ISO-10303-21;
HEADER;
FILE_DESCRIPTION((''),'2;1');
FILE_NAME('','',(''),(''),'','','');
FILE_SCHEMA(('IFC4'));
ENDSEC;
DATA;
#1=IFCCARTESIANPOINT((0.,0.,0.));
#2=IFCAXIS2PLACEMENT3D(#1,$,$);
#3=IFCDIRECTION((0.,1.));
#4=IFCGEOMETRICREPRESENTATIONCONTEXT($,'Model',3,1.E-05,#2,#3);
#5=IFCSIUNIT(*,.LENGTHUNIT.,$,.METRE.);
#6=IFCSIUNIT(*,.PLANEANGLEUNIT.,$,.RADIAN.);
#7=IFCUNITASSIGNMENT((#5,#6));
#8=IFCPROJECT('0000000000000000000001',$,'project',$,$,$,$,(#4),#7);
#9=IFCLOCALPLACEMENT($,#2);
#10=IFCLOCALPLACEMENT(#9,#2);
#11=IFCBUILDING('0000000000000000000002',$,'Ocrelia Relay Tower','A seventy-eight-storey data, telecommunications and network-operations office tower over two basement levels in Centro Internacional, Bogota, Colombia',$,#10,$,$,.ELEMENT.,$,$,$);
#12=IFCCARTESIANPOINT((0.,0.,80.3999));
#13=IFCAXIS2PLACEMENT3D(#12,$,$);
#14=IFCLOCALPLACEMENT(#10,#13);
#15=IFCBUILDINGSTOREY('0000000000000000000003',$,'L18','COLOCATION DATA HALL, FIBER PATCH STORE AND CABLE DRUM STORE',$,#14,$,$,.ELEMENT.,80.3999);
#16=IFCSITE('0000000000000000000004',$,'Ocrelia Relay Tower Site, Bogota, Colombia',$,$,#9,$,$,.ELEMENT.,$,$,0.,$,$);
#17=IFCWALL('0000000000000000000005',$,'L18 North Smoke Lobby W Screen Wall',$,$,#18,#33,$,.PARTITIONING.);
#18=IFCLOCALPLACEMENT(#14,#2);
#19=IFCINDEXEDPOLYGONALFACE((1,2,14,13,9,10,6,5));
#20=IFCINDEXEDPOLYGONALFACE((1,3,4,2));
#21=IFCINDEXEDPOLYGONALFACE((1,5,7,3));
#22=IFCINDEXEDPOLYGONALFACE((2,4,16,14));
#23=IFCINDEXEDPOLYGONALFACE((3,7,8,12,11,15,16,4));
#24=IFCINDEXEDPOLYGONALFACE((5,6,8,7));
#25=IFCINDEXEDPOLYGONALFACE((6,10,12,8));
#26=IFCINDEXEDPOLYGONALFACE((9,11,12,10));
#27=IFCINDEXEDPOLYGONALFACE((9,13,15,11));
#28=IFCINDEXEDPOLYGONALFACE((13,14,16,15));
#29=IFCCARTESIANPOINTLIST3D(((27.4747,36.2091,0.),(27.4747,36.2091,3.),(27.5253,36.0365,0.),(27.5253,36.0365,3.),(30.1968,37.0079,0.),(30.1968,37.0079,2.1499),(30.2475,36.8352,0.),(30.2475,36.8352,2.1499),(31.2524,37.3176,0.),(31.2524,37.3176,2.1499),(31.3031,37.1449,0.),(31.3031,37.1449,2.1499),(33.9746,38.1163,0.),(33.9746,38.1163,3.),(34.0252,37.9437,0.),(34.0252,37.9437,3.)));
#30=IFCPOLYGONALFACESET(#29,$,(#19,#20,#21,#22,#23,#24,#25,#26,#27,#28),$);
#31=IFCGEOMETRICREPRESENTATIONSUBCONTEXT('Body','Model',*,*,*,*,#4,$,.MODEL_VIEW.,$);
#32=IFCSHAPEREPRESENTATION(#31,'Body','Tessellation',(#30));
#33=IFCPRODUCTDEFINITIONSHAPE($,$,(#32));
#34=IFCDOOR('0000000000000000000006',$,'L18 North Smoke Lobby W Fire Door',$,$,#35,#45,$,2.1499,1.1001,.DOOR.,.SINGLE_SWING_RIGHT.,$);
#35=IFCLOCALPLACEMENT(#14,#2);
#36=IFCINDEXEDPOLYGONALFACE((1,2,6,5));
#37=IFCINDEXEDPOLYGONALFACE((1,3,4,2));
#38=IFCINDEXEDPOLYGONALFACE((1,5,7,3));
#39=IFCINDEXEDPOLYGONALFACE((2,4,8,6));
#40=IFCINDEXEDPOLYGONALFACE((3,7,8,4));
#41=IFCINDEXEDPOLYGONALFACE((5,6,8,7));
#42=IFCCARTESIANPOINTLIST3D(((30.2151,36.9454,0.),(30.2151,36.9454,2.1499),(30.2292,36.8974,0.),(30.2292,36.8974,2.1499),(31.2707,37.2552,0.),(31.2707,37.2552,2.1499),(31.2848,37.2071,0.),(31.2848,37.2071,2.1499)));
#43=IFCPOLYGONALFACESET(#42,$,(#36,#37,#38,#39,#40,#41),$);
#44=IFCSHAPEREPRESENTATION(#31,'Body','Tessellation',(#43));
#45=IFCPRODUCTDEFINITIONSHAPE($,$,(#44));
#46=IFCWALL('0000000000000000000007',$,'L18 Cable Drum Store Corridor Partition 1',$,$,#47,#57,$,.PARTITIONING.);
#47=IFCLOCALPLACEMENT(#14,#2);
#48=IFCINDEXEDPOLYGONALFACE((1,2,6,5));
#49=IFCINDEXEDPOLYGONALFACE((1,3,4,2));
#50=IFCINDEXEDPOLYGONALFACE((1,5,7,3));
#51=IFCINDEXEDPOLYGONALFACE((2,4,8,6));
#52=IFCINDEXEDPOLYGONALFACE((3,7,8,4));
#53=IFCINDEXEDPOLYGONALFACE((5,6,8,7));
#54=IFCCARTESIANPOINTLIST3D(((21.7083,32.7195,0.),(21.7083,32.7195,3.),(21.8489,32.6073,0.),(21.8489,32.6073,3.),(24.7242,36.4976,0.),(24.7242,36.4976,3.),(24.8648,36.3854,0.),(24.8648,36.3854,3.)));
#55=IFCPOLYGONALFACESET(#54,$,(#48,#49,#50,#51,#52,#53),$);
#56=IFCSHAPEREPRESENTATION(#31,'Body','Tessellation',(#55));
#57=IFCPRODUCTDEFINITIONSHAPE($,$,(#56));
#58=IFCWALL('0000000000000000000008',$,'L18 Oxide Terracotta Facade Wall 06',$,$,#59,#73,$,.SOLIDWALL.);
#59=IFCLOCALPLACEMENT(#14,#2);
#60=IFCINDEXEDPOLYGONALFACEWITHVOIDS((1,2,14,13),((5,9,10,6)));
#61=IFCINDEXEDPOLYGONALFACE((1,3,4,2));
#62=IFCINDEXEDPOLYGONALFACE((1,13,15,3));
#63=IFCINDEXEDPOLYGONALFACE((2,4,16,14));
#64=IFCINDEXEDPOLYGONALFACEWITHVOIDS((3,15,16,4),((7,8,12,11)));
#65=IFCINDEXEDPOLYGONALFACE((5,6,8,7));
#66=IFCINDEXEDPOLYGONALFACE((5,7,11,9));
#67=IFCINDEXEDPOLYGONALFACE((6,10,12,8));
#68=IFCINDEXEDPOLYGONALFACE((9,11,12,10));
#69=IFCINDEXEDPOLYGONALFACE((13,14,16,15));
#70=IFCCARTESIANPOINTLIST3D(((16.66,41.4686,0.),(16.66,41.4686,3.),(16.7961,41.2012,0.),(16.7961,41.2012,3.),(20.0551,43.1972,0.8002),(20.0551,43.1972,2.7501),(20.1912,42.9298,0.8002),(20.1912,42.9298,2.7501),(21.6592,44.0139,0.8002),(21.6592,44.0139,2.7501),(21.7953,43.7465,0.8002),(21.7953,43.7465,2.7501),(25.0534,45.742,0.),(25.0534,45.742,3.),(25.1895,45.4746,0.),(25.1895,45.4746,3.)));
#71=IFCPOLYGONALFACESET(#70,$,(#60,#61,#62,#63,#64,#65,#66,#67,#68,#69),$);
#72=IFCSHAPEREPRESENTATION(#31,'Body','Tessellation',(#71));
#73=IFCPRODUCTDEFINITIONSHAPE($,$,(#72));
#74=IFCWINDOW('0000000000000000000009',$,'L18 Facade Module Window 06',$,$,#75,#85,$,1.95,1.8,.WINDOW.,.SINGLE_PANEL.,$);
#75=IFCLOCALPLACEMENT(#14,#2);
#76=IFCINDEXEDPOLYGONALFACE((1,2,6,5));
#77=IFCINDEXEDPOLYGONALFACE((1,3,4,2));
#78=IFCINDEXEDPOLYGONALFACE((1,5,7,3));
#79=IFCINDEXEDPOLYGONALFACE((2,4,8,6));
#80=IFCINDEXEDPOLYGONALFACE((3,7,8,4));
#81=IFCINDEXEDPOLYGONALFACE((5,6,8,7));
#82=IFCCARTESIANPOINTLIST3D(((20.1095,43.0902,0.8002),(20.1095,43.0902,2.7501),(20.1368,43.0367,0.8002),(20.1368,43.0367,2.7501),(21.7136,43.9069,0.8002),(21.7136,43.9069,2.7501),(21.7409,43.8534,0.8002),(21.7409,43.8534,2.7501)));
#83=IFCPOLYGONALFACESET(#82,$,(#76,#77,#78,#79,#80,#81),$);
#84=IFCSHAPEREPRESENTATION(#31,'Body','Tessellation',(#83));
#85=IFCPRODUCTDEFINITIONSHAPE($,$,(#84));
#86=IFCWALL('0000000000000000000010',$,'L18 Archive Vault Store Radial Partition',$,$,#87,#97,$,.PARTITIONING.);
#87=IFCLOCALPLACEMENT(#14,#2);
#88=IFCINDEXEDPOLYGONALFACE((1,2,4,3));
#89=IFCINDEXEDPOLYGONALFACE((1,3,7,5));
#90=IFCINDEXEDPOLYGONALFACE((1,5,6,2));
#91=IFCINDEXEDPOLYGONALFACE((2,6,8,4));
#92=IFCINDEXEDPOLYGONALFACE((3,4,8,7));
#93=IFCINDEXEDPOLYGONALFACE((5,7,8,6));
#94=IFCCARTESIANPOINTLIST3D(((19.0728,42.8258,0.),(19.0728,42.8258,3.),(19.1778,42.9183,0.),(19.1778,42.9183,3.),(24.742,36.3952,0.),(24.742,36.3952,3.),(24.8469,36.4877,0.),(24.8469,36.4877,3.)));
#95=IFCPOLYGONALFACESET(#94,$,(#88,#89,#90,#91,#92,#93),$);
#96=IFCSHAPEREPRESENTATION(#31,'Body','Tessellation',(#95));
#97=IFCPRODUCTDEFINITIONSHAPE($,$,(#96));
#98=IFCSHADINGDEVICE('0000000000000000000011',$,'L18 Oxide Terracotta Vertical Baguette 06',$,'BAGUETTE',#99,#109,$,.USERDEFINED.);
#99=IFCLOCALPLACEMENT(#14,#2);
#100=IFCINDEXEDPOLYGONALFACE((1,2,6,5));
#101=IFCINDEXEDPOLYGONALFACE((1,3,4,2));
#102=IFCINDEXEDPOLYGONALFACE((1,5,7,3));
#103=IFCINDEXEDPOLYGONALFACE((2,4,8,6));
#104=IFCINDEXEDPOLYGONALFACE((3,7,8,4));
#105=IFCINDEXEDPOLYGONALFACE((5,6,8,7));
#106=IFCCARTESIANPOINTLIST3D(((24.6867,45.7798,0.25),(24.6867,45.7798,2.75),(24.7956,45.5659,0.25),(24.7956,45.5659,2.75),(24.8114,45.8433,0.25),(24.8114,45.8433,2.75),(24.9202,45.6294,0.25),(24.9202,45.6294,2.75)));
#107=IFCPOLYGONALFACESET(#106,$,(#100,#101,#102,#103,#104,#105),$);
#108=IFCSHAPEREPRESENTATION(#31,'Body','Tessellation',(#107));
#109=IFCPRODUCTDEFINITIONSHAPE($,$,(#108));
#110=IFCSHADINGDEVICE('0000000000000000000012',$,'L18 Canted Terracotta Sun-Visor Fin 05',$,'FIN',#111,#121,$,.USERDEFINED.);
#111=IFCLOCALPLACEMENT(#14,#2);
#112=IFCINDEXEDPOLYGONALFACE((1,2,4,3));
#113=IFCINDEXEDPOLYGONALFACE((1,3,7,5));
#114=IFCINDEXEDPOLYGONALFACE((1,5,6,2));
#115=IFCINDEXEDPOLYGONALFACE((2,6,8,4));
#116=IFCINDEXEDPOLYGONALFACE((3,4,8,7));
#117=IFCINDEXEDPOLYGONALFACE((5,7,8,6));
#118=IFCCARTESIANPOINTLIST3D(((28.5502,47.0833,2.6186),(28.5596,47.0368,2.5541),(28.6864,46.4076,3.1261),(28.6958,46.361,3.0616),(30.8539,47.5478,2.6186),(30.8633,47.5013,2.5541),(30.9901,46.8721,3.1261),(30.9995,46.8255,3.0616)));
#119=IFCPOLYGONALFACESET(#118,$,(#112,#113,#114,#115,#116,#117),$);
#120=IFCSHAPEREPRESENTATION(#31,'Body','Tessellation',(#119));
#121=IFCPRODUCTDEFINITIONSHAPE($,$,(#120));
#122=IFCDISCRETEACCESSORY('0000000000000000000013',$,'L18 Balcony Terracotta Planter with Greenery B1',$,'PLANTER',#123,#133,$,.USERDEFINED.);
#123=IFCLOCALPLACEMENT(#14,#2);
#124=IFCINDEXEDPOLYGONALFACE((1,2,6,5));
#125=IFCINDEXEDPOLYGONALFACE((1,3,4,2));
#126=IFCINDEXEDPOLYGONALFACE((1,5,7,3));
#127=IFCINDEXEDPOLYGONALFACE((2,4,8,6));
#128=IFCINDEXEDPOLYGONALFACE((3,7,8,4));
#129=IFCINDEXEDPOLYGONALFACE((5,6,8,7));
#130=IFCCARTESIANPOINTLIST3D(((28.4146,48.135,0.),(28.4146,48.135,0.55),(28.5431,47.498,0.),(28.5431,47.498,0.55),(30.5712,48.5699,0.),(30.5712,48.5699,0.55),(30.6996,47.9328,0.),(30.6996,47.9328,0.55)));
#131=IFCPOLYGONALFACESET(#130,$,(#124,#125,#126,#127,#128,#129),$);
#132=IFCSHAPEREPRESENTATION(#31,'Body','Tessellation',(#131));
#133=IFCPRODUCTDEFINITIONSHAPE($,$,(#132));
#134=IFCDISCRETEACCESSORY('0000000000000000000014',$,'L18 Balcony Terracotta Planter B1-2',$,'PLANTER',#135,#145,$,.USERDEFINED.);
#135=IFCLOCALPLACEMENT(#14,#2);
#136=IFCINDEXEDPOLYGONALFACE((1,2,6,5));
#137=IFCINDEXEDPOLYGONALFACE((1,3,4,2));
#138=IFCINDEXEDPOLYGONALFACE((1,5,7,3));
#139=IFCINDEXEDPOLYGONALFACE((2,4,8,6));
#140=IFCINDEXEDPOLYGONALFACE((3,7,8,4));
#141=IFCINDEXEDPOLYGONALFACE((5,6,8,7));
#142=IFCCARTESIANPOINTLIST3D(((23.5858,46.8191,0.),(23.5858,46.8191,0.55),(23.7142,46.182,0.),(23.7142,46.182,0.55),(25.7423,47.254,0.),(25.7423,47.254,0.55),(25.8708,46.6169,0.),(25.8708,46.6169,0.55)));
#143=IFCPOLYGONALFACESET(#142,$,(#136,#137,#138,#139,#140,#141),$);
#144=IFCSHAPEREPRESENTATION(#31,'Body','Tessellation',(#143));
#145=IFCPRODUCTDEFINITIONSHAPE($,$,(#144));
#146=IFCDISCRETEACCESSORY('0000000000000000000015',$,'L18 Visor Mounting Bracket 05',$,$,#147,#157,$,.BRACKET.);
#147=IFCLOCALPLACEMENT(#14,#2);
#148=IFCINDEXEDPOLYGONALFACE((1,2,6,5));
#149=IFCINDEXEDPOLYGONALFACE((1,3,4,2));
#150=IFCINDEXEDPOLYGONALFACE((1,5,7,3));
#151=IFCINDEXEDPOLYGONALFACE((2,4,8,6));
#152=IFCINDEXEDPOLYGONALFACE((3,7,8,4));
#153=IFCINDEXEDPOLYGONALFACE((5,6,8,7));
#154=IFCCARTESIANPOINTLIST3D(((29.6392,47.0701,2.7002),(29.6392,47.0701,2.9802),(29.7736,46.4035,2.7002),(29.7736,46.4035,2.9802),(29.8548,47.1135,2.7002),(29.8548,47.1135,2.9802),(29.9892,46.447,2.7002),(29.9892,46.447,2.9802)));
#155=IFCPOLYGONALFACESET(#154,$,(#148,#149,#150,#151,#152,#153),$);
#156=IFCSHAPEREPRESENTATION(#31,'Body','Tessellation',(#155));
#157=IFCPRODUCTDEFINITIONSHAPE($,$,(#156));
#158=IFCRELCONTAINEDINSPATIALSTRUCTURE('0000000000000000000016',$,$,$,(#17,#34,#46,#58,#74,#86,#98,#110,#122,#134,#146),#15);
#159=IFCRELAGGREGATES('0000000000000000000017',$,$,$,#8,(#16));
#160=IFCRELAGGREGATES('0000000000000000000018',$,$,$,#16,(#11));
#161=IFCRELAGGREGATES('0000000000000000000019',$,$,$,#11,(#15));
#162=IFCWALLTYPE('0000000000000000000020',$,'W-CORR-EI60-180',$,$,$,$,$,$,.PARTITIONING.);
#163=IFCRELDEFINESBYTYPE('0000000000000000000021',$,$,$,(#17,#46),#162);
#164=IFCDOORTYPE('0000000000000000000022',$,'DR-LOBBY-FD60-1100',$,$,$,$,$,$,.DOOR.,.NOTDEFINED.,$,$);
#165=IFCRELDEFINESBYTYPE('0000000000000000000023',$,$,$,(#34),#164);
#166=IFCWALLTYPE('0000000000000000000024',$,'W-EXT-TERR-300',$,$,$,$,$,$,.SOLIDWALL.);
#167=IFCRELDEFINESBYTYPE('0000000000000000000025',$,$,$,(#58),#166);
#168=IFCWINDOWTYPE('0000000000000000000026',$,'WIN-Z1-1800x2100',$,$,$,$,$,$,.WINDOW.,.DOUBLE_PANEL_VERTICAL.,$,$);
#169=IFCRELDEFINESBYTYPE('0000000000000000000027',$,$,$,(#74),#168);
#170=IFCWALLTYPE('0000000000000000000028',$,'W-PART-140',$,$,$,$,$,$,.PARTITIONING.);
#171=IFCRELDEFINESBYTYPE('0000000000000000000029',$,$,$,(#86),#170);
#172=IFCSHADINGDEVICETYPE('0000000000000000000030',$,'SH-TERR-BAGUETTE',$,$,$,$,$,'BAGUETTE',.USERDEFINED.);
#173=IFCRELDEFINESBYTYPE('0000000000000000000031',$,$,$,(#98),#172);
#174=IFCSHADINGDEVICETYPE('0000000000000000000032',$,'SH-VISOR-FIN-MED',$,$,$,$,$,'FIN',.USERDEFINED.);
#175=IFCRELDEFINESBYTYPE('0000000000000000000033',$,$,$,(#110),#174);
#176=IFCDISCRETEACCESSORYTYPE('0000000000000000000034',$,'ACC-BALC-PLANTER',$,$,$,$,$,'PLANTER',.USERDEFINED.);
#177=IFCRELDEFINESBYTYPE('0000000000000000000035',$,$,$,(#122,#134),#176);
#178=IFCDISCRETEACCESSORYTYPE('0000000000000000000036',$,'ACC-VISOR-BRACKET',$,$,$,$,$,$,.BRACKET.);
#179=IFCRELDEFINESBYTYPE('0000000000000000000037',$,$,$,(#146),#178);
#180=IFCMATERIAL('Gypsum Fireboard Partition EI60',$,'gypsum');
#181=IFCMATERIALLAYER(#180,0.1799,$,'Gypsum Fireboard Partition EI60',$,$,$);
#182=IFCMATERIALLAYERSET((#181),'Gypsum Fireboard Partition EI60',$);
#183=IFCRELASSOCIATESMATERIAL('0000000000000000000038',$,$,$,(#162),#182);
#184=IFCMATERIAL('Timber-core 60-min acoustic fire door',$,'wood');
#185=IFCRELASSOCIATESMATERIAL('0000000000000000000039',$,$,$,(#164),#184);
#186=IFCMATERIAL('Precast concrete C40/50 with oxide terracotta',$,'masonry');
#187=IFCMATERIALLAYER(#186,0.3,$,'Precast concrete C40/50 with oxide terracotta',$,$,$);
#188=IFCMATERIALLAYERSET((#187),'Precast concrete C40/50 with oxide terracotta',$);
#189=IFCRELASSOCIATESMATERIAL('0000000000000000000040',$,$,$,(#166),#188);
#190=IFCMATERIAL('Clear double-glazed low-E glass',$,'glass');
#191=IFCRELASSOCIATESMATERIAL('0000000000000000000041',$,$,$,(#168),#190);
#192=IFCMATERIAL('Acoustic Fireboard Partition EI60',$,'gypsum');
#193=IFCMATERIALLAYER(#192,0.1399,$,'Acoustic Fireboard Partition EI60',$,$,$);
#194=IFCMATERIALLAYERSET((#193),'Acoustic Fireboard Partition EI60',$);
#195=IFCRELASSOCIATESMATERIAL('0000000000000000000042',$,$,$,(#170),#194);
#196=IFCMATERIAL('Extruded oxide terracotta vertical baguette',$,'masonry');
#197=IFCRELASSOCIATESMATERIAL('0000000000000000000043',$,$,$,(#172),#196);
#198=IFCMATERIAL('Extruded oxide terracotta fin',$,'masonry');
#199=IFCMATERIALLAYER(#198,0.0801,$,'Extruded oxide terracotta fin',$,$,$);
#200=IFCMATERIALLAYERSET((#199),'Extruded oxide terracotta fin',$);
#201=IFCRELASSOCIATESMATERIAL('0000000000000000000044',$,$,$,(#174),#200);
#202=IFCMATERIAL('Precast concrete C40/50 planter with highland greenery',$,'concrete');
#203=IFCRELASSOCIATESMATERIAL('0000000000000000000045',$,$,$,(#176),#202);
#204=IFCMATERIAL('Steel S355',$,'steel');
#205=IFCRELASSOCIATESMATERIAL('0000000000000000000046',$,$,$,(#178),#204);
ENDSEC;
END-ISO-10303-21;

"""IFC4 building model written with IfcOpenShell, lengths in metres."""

from ifc_helpers import new_model, si_unit, direction, frame, frame_2d, origin, origin_2d, place, context, subcontext, project, spatial, rectangle, extrude, material, layer, layer_set, type_object, element, fill, save


model = new_model("IFC4")

# Units and contexts
model_context = context("Model", 3, precision=1e-05, world=origin(), true_north=direction((0.0, 1.0)))
body_context = subcontext(model_context, "Body", "Model", "MODEL_VIEW")
ifc_project = project(units=[si_unit("LENGTHUNIT", "METRE"), si_unit("PLANEANGLEUNIT", "RADIAN")], contexts=[model_context])

# Site, building, storey
site_placement = place(None, origin())
site = spatial("IfcSite", under=ifc_project, at=site_placement, Name="Ocrelia Relay Tower Site, Bogota, Colombia", CompositionType="ELEMENT", RefElevation=0.0)
building_placement = place(site_placement, origin())
building = spatial("IfcBuilding", under=site, at=building_placement, Name="Ocrelia Relay Tower", Description="A seventy-eight-storey data, telecommunications and network-operations office tower over two basement levels in Centro Internacional, Bogota, Colombia", CompositionType="ELEMENT")
storey_placement = place(building_placement, frame((0.0, 0.0, 80.3999)))
storey = spatial("IfcBuildingStorey", under=building, at=storey_placement, Name="L18", Description="COLOCATION DATA HALL, FIBER PATCH STORE AND CABLE DRUM STORE", CompositionType="ELEMENT", Elevation=80.3999)

# Shared definitions
ifc_material_1 = material(Name="Steel S355", Category="steel")

# Shared definitions
ifc_material_2 = material(Name="Gypsum Fireboard Partition EI60", Category="gypsum")
ifc_layer_1 = layer(ifc_material_2, 0.1799, Name="Gypsum Fireboard Partition EI60")
ifc_layer_set_1 = layer_set([ifc_layer_1], Name="Gypsum Fireboard Partition EI60")
wall_type_1 = type_object("IfcWallType", Name="W-CORR-EI60-180", PredefinedType="PARTITIONING", material=ifc_layer_set_1)

# Wall, opening, door
wall_1_placement = place(storey_placement, frame((27.5, 36.1228, 0.0), z_axis=(0.0, 0.0, 1.0), x_axis=(0.959547, 0.28155, 0.0)))
wall_1 = element("IfcWall", 1, at=wall_1_placement, inside=storey, type_object=wall_type_1, Name="L18 North Smoke Lobby W Screen Wall", PredefinedType="PARTITIONING", context=body_context, shape_type="SweptSolid", body=[
    extrude(rectangle(XDim=6.7739, YDim=0.1799, at=frame_2d((3.387, 0.0))), origin(), (0.0, 0.0, 1.0), 3.0),
])
opening_1_placement = place(wall_1_placement, frame((2.8369, 0.0, 0.0)))
opening_1 = element("IfcOpeningElement", 2, at=opening_1_placement, cuts=wall_1, PredefinedType="OPENING", context=body_context, shape_type="SweptSolid", body=[
    extrude(rectangle(XDim=1.1001, YDim=2.1499, at=frame_2d((0.55, 1.075))), frame((0.0, 0.1001, 0.0), z_axis=(0.0, -1.0, 0.0), x_axis=(1.0, 0.0, 0.0)), (0.0, 0.0, 1.0), 0.2),
])
ifc_material_3 = material(Name="Timber-core 60-min acoustic fire door", Category="wood")
door_type_1 = type_object("IfcDoorType", Name="DR-LOBBY-FD60-1100", OperationType="NOTDEFINED", PredefinedType="DOOR", material=ifc_material_3)
door_1_placement = place(opening_1_placement, origin())
door_1 = element("IfcDoor", 3, at=door_1_placement, inside=storey, type_object=door_type_1, Name="L18 North Smoke Lobby W Fire Door", OperationType="SINGLE_SWING_RIGHT", OverallHeight=2.1499, OverallWidth=1.1001, PredefinedType="DOOR", context=body_context, shape_type="SweptSolid", body=[
    extrude(rectangle(XDim=1.1001, YDim=2.1499, at=frame_2d((0.55, 1.075))), frame((0.0, 0.0249, 0.0), z_axis=(0.0, -1.0, 0.0), x_axis=(1.0, 0.0, 0.0)), (0.0, 0.0, 1.0), 0.05),
])
fill(opening_1, door_1)

# Wall
wall_2_placement = place(storey_placement, frame((24.7944, 36.4414, 0.0), z_axis=(0.0, 0.0, 1.0), x_axis=(-0.623863, -0.781534, 0.0)))
element("IfcWall", 4, at=wall_2_placement, inside=storey, type_object=wall_type_1, Name="L18 Cable Drum Store Corridor Partition 1", PredefinedType="PARTITIONING", context=body_context, shape_type="SweptSolid", body=[
    extrude(rectangle(XDim=4.8342, YDim=0.1799, at=frame_2d((2.417, 0.0))), origin(), (0.0, 0.0, 1.0), 3.0),
])

# Wall, opening, window
ifc_material_4 = material(Name="Precast concrete C40/50 with oxide terracotta", Category="masonry")
ifc_layer_2 = layer(ifc_material_4, 0.3, Name="Precast concrete C40/50 with oxide terracotta")
ifc_layer_set_2 = layer_set([ifc_layer_2], Name="Precast concrete C40/50 with oxide terracotta")
wall_type_2 = type_object("IfcWallType", Name="W-EXT-TERR-300", PredefinedType="SOLIDWALL", material=ifc_layer_set_2)
wall_3_placement = place(storey_placement, frame((25.1216, 45.6084, 0.0), z_axis=(0.0, 0.0, 1.0), x_axis=(-0.891143, -0.453723, 0.0)))
wall_3 = element("IfcWall", 5, at=wall_3_placement, inside=storey, type_object=wall_type_2, Name="L18 Oxide Terracotta Facade Wall 06", PredefinedType="SOLIDWALL", context=body_context, shape_type="SweptSolid", body=[
    extrude(rectangle(XDim=9.4187, YDim=0.3, at=frame_2d((4.7095, 0.0))), origin(), (0.0, 0.0, 1.0), 3.0),
])
opening_2_placement = place(wall_3_placement, frame((3.8091, 0.0, 0.8)))
opening_2 = element("IfcOpeningElement", 6, at=opening_2_placement, cuts=wall_3, PredefinedType="OPENING", context=body_context, shape_type="SweptSolid", body=[
    extrude(rectangle(XDim=1.8, YDim=1.95, at=frame_2d((0.8999, 0.9751))), frame((0.0, 0.1602, 0.0), z_axis=(0.0, -1.0, 0.0), x_axis=(1.0, 0.0, 0.0)), (0.0, 0.0, 1.0), 0.3201),
])
ifc_material_5 = material(Name="Clear double-glazed low-E glass", Category="glass")
window_type = type_object("IfcWindowType", Name="WIN-Z1-1800x2100", PartitioningType="DOUBLE_PANEL_VERTICAL", PredefinedType="WINDOW", material=ifc_material_5)
window_placement = place(opening_2_placement, origin())
window = element("IfcWindow", 7, at=window_placement, inside=storey, type_object=window_type, Name="L18 Facade Module Window 06", OverallHeight=1.95, OverallWidth=1.8, PartitioningType="SINGLE_PANEL", PredefinedType="WINDOW", context=body_context, shape_type="SweptSolid", body=[
    extrude(rectangle(XDim=1.8, YDim=1.95, at=frame_2d((0.8999, 0.9751))), frame((0.0, 0.03, 0.0), z_axis=(0.0, -1.0, 0.0), x_axis=(1.0, 0.0, 0.0)), (0.0, 0.0, 1.0), 0.0601),
])
fill(opening_2, window)

# Wall
ifc_material_6 = material(Name="Acoustic Fireboard Partition EI60", Category="gypsum")
ifc_layer_3 = layer(ifc_material_6, 0.1399, Name="Acoustic Fireboard Partition EI60")
ifc_layer_set_3 = layer_set([ifc_layer_3], Name="Acoustic Fireboard Partition EI60")
wall_type_3 = type_object("IfcWallType", Name="W-PART-140", PredefinedType="PARTITIONING", material=ifc_layer_set_3)
wall_4_placement = place(storey_placement, frame((24.7944, 36.4414, 0.0), z_axis=(0.0, 0.0, 1.0), x_axis=(-0.661299, 0.750123, 0.0)))
element("IfcWall", 8, at=wall_4_placement, inside=storey, type_object=wall_type_3, Name="L18 Archive Vault Store Radial Partition", PredefinedType="PARTITIONING", context=body_context, shape_type="SweptSolid", body=[
    extrude(rectangle(XDim=8.5728, YDim=0.1399, at=frame_2d((4.2864, 0.0))), origin(), (0.0, 0.0, 1.0), 3.0),
])

# Shading devices
ifc_material_7 = material(Name="Extruded oxide terracotta vertical baguette", Category="masonry")
shading_device_type_1 = type_object("IfcShadingDeviceType", Name="SH-TERR-BAGUETTE", ElementType="BAGUETTE", PredefinedType="USERDEFINED", material=ifc_material_7)
shading_device_1_placement = place(storey_placement, frame((24.8035, 45.7046, 0.25), z_axis=(0.0, 0.0, 1.0), x_axis=(-0.891148, -0.453712, 0.0)))
element("IfcShadingDevice", 9, at=shading_device_1_placement, inside=storey, type_object=shading_device_type_1, Name="L18 Oxide Terracotta Vertical Baguette 06", ObjectType="BAGUETTE", PredefinedType="USERDEFINED", context=body_context, shape_type="SweptSolid", body=[
    extrude(rectangle(XDim=0.1399, YDim=0.24, at=origin_2d()), origin(), (0.0, 0.0, 1.0), 2.5),
])
ifc_material_8 = material(Name="Extruded oxide terracotta fin", Category="masonry")
ifc_layer_4 = layer(ifc_material_8, 0.0801, Name="Extruded oxide terracotta fin")
ifc_layer_set_4 = layer_set([ifc_layer_4], Name="Extruded oxide terracotta fin")
shading_device_type_2 = type_object("IfcShadingDeviceType", Name="SH-VISOR-FIN-MED", ElementType="FIN", PredefinedType="USERDEFINED", material=ifc_layer_set_4)
shading_device_2_placement = place(storey_placement, frame((29.7795, 46.9312, 2.8079), z_axis=(-0.11718, 0.581161, 0.805308), x_axis=(-0.980272, -0.197654, 0.0)))
element("IfcShadingDevice", 10, at=shading_device_2_placement, inside=storey, type_object=shading_device_type_2, Name="L18 Canted Terracotta Sun-Visor Fin 05", ObjectType="FIN", PredefinedType="USERDEFINED", context=body_context, shape_type="SweptSolid", body=[
    extrude(rectangle(XDim=2.3501, YDim=0.856, at=origin_2d()), origin(), (0.0, 0.0, 1.0), 0.0801),
])

# Discrete accessories
ifc_material_9 = material(Name="Precast concrete C40/50 planter with highland greenery", Category="concrete")
discrete_accessory_type_1 = type_object("IfcDiscreteAccessoryType", Name="ACC-BALC-PLANTER", ElementType="PLANTER", PredefinedType="USERDEFINED", material=ifc_material_9)
for number, where, z_axis, x_axis, name in (
    (11, (29.5571, 48.0339, 0.0), (0.0, 0.0, 1.0), (0.980269, 0.197667, 0.0), "L18 Balcony Terracotta Planter with Greenery B1"),
    (12, (24.7283, 46.718, 0.0), (0.0, 0.0, 1.0), (0.980269, 0.197667, 0.0), "L18 Balcony Terracotta Planter B1-2"),
):
    element("IfcDiscreteAccessory", number, at=place(storey_placement, frame(where, z_axis=z_axis, x_axis=x_axis)), inside=storey, type_object=discrete_accessory_type_1, Name=name, ObjectType="PLANTER", PredefinedType="USERDEFINED", context=body_context, shape_type="SweptSolid", body=[
        extrude(rectangle(XDim=2.2, YDim=0.6499, at=origin_2d()), origin(), (0.0, 0.0, 1.0), 0.55),
    ])
discrete_accessory_type_2 = type_object("IfcDiscreteAccessoryType", Name="ACC-VISOR-BRACKET", PredefinedType="BRACKET", material=ifc_material_1)
discrete_accessory_placement = place(storey_placement, frame((29.8142, 46.7585, 2.7002), z_axis=(0.0, 0.0, 1.0), x_axis=(-0.980272, -0.197654, 0.0)))
element("IfcDiscreteAccessory", 13, at=discrete_accessory_placement, inside=storey, type_object=discrete_accessory_type_2, Name="L18 Visor Mounting Bracket 05", PredefinedType="BRACKET", context=body_context, shape_type="SweptSolid", body=[
    extrude(rectangle(XDim=0.22, YDim=0.6799, at=origin_2d()), origin(), (0.0, 0.0, 1.0), 0.28),
])

save(model, "model.ifc")
